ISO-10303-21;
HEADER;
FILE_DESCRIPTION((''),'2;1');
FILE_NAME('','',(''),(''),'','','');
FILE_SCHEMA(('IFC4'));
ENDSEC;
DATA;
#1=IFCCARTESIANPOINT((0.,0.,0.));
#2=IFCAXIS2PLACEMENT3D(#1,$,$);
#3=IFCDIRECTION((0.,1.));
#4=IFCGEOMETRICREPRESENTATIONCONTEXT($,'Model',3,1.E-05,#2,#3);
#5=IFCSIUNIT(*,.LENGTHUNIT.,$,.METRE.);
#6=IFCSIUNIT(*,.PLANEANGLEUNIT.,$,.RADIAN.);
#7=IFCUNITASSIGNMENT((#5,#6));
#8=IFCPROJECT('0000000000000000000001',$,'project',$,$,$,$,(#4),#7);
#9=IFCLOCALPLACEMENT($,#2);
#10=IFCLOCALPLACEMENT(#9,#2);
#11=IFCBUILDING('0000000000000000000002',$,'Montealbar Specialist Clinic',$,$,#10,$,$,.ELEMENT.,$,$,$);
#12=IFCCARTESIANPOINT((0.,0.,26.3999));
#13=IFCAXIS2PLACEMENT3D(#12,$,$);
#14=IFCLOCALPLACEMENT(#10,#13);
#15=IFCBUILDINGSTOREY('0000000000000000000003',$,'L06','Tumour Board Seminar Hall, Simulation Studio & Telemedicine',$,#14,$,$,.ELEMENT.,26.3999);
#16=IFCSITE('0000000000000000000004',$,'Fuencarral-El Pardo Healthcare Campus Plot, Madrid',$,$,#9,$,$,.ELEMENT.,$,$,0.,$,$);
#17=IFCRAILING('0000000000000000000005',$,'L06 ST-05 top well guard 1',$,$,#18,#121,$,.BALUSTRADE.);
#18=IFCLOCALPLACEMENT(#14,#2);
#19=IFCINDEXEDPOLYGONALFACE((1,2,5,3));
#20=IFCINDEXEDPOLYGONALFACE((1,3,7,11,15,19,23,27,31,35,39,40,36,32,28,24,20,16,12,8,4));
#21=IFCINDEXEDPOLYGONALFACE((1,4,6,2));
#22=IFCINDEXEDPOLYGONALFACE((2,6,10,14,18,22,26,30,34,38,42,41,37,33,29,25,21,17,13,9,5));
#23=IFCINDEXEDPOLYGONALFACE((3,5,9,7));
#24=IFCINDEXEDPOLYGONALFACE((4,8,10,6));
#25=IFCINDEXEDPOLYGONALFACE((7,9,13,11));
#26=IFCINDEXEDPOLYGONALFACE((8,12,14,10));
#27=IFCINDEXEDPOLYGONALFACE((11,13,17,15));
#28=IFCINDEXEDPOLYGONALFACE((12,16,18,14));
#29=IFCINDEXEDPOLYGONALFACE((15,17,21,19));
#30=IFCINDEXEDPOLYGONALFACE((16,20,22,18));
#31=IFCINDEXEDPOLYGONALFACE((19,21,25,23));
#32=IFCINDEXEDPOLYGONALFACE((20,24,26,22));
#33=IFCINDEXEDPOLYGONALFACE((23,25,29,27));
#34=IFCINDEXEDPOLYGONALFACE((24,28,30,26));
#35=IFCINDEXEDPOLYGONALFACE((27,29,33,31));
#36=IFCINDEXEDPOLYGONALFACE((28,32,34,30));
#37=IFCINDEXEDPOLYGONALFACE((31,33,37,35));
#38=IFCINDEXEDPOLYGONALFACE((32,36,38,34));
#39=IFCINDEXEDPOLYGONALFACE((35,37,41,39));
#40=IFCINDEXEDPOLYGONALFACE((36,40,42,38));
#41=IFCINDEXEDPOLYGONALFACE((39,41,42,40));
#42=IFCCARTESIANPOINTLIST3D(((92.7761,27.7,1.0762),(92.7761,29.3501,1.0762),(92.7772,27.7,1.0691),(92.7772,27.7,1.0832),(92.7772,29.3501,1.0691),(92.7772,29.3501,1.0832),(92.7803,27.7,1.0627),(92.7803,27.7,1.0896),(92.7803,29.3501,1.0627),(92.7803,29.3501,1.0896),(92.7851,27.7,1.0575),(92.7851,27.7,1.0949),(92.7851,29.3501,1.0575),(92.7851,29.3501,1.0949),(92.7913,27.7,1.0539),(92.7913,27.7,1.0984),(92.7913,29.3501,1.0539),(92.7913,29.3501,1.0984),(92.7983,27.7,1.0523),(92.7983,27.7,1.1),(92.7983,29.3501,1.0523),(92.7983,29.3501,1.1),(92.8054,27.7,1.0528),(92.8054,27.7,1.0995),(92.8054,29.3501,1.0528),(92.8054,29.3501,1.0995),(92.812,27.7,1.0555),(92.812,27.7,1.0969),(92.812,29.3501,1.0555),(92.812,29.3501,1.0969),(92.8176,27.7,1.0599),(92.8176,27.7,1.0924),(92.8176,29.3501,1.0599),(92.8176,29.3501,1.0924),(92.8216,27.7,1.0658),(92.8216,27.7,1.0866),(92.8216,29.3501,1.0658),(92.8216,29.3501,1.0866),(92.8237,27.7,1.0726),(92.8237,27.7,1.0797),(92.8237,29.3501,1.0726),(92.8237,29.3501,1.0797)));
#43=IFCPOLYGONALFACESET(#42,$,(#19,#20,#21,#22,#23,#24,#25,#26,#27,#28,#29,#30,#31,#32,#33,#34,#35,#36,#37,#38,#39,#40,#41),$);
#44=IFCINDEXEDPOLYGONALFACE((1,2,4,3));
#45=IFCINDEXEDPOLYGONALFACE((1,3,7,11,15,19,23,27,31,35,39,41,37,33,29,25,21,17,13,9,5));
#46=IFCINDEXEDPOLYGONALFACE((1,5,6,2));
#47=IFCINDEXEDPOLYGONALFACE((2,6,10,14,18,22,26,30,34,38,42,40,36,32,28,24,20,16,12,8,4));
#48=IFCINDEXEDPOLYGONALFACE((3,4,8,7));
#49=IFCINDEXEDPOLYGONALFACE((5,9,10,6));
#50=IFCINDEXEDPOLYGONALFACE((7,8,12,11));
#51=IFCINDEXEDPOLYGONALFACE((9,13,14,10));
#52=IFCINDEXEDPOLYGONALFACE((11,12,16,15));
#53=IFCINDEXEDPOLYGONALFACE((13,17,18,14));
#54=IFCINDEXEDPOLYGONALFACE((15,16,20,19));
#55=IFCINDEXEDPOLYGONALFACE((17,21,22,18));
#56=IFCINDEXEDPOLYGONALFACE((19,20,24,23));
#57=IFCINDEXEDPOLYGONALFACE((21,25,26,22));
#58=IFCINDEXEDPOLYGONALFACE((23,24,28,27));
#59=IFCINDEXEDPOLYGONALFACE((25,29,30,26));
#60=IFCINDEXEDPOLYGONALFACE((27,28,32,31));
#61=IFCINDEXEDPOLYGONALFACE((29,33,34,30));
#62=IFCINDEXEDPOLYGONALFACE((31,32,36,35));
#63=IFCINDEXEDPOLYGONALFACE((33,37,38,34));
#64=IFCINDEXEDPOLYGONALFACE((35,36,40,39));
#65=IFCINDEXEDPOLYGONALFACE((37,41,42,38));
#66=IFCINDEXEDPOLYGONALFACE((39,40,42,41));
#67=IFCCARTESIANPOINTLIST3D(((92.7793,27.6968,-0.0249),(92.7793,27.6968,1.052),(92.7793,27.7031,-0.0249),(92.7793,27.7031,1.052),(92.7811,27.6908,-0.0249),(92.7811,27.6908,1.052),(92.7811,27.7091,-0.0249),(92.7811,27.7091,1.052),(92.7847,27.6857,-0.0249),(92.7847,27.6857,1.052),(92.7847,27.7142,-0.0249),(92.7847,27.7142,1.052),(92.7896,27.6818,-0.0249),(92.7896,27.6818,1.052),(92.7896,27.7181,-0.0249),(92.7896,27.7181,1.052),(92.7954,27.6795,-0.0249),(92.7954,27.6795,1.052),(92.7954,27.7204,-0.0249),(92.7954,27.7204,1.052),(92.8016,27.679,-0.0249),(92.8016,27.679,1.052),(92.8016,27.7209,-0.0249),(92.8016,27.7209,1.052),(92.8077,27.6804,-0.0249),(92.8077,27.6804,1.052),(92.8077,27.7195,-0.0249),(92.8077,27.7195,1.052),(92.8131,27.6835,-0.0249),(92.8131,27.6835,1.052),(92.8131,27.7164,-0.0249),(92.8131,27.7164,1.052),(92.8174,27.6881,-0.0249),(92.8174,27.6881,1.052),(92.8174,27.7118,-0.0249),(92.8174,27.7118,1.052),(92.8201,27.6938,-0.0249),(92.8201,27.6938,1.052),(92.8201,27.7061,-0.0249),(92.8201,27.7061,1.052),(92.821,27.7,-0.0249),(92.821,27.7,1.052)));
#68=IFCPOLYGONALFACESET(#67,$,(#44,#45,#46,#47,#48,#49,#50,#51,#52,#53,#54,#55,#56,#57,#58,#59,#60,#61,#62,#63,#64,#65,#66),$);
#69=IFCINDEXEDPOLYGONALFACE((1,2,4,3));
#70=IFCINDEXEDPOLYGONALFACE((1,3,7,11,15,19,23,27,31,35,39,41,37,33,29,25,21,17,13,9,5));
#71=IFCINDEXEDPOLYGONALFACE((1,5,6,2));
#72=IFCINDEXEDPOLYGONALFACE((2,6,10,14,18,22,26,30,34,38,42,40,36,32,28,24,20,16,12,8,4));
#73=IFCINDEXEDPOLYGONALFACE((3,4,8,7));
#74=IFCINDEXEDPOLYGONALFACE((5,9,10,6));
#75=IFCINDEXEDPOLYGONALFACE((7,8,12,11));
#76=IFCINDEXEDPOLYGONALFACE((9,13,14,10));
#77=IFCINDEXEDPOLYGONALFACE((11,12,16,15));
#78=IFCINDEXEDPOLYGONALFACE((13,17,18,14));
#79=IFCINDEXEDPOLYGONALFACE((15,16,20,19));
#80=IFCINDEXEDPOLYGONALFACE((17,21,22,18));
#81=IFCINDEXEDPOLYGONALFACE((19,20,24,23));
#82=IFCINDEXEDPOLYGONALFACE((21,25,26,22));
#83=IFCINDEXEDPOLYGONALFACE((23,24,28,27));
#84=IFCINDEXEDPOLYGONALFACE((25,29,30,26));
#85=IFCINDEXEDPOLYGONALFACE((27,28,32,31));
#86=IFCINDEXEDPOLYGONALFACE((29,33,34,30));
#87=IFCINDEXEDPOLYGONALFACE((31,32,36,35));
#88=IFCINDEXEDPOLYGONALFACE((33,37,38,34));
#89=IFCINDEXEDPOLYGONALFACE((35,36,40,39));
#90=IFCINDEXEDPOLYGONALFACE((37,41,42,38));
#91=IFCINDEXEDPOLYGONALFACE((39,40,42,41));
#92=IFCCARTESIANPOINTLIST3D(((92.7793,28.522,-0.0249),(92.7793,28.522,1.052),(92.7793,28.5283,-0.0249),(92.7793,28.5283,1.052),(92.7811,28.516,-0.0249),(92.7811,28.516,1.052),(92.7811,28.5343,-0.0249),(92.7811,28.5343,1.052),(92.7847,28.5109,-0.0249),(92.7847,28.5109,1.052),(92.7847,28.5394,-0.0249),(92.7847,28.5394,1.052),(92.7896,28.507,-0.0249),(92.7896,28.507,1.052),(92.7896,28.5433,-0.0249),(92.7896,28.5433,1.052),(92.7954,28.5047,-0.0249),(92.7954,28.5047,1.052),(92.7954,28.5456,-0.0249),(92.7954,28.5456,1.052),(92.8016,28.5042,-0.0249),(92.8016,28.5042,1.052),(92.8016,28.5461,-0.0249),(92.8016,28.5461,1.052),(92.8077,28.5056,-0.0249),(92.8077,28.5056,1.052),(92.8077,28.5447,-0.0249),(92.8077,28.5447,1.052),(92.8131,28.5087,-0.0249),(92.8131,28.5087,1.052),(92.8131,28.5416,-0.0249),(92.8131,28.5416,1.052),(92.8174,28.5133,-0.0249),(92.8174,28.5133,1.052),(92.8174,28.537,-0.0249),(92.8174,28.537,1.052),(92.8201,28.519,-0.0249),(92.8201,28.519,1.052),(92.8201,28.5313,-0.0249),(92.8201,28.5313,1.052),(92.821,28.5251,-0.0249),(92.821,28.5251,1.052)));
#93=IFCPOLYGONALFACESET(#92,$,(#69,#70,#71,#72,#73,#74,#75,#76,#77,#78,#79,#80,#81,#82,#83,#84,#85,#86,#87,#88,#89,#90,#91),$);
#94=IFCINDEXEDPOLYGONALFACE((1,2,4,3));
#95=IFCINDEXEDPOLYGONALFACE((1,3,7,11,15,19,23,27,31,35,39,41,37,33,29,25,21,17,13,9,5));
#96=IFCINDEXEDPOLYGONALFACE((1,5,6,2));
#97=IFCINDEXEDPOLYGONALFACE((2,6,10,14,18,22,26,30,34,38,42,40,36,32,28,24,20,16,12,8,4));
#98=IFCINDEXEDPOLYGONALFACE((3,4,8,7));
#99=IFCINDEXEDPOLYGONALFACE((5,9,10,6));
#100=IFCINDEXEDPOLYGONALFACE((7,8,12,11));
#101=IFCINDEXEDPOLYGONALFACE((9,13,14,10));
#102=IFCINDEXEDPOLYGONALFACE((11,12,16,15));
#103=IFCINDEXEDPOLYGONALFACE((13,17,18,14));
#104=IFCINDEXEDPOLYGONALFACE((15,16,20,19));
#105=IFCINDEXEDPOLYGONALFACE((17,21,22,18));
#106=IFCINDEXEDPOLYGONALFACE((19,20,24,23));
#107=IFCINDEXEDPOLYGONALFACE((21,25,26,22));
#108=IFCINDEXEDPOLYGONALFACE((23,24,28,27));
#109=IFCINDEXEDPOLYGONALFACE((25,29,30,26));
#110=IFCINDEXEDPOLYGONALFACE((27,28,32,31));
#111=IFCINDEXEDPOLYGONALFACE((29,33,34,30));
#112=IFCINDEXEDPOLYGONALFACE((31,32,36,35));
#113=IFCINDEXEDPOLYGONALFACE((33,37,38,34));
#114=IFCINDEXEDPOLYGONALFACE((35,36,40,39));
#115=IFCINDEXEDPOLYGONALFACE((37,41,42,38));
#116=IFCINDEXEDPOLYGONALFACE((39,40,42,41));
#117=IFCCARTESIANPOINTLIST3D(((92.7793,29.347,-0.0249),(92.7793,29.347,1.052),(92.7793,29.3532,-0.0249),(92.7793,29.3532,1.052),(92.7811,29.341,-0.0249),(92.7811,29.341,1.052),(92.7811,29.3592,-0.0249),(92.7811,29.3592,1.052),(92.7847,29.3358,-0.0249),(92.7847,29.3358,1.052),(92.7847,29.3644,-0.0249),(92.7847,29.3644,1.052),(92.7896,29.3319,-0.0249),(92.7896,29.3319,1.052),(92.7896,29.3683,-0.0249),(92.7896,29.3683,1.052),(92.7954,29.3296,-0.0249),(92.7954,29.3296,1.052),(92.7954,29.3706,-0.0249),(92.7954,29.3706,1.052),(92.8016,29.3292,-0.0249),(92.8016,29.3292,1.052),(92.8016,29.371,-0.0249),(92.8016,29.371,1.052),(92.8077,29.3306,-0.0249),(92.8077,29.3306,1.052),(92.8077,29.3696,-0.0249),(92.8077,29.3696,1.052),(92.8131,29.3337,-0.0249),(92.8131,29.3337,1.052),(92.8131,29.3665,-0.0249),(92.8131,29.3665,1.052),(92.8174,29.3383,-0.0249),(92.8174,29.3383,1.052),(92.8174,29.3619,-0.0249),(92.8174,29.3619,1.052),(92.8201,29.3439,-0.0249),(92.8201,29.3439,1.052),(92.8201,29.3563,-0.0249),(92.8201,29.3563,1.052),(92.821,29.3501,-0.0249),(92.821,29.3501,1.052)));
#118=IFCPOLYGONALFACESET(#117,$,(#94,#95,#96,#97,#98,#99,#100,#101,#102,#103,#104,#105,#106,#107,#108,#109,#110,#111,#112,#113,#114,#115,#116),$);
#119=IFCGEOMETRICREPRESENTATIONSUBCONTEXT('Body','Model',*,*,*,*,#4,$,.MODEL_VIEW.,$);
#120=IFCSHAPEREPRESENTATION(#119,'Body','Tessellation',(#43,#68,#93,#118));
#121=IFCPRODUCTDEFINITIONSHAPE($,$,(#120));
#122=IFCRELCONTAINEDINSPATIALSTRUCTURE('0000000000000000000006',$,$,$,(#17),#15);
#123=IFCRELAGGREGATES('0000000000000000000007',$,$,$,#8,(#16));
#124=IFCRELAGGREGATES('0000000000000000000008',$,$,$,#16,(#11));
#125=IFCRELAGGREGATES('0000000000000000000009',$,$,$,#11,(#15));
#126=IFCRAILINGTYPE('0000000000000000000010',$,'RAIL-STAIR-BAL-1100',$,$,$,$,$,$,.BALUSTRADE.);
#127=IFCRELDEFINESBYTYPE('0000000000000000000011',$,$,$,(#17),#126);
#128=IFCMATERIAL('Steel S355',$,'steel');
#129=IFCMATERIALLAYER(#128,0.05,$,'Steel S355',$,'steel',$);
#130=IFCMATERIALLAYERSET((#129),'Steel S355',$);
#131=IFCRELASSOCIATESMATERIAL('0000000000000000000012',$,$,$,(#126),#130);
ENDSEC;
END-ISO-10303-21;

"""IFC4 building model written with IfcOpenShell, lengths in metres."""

from ifc_helpers import new_model, si_unit, direction, frame, origin, origin_2d, place, context, subcontext, project, spatial, circle, extrude, material, layer, layer_set, type_object, element, save


model = new_model("IFC4")

# Units and contexts
model_context = context("Model", 3, precision=1e-05, world=origin(), true_north=direction((0.0, 1.0)))
body_context = subcontext(model_context, "Body", "Model", "MODEL_VIEW")
ifc_project = project(units=[si_unit("LENGTHUNIT", "METRE"), si_unit("PLANEANGLEUNIT", "RADIAN")], contexts=[model_context])

# Site, building, storey
site_placement = place(None, origin())
site = spatial("IfcSite", under=ifc_project, at=site_placement, Name="Fuencarral-El Pardo Healthcare Campus Plot, Madrid", CompositionType="ELEMENT", RefElevation=0.0)
building_placement = place(site_placement, origin())
building = spatial("IfcBuilding", under=site, at=building_placement, Name="Montealbar Specialist Clinic", CompositionType="ELEMENT")
storey_placement = place(building_placement, frame((0.0, 0.0, 26.3999)))
storey = spatial("IfcBuildingStorey", under=building, at=storey_placement, Name="L06", Description="Tumour Board Seminar Hall, Simulation Studio & Telemedicine", CompositionType="ELEMENT", Elevation=26.3999)

# Shared definitions
ifc_material_1 = material(Name="Steel S355", Category="steel")

# Railing
ifc_layer_1 = layer(ifc_material_1, 0.05, Name="Steel S355", Category="steel")
ifc_layer_set_1 = layer_set([ifc_layer_1], Name="Steel S355")
railing_type = type_object("IfcRailingType", Name="RAIL-STAIR-BAL-1100", PredefinedType="BALUSTRADE", material=ifc_layer_set_1)
railing_placement = place(storey_placement, frame((92.8, 27.7, 0.0)))
element("IfcRailing", 1, at=railing_placement, inside=storey, type_object=railing_type, Name="L06 ST-05 top well guard 1", PredefinedType="BALUSTRADE", context=body_context, shape_type="SweptSolid", body=[
    extrude(circle(Radius=0.0239, at=origin_2d()), frame((0.0, 0.0, 1.0762), z_axis=(0.0, 1.0, 0.0), x_axis=(-1.0, 0.0, 0.0)), (0.0, 0.0, 1.0), 1.6501),
    extrude(circle(Radius=0.021, at=origin_2d()), frame((0.0, 0.0, -0.0249)), (0.0, 0.0, 1.0), 1.0769),
    extrude(circle(Radius=0.021, at=origin_2d()), frame((0.0, 0.8252, -0.0249)), (0.0, 0.0, 1.0), 1.0769),
    extrude(circle(Radius=0.021, at=origin_2d()), frame((0.0, 1.6501, -0.0249)), (0.0, 0.0, 1.0), 1.0769),
])

save(model, "model.ifc")
